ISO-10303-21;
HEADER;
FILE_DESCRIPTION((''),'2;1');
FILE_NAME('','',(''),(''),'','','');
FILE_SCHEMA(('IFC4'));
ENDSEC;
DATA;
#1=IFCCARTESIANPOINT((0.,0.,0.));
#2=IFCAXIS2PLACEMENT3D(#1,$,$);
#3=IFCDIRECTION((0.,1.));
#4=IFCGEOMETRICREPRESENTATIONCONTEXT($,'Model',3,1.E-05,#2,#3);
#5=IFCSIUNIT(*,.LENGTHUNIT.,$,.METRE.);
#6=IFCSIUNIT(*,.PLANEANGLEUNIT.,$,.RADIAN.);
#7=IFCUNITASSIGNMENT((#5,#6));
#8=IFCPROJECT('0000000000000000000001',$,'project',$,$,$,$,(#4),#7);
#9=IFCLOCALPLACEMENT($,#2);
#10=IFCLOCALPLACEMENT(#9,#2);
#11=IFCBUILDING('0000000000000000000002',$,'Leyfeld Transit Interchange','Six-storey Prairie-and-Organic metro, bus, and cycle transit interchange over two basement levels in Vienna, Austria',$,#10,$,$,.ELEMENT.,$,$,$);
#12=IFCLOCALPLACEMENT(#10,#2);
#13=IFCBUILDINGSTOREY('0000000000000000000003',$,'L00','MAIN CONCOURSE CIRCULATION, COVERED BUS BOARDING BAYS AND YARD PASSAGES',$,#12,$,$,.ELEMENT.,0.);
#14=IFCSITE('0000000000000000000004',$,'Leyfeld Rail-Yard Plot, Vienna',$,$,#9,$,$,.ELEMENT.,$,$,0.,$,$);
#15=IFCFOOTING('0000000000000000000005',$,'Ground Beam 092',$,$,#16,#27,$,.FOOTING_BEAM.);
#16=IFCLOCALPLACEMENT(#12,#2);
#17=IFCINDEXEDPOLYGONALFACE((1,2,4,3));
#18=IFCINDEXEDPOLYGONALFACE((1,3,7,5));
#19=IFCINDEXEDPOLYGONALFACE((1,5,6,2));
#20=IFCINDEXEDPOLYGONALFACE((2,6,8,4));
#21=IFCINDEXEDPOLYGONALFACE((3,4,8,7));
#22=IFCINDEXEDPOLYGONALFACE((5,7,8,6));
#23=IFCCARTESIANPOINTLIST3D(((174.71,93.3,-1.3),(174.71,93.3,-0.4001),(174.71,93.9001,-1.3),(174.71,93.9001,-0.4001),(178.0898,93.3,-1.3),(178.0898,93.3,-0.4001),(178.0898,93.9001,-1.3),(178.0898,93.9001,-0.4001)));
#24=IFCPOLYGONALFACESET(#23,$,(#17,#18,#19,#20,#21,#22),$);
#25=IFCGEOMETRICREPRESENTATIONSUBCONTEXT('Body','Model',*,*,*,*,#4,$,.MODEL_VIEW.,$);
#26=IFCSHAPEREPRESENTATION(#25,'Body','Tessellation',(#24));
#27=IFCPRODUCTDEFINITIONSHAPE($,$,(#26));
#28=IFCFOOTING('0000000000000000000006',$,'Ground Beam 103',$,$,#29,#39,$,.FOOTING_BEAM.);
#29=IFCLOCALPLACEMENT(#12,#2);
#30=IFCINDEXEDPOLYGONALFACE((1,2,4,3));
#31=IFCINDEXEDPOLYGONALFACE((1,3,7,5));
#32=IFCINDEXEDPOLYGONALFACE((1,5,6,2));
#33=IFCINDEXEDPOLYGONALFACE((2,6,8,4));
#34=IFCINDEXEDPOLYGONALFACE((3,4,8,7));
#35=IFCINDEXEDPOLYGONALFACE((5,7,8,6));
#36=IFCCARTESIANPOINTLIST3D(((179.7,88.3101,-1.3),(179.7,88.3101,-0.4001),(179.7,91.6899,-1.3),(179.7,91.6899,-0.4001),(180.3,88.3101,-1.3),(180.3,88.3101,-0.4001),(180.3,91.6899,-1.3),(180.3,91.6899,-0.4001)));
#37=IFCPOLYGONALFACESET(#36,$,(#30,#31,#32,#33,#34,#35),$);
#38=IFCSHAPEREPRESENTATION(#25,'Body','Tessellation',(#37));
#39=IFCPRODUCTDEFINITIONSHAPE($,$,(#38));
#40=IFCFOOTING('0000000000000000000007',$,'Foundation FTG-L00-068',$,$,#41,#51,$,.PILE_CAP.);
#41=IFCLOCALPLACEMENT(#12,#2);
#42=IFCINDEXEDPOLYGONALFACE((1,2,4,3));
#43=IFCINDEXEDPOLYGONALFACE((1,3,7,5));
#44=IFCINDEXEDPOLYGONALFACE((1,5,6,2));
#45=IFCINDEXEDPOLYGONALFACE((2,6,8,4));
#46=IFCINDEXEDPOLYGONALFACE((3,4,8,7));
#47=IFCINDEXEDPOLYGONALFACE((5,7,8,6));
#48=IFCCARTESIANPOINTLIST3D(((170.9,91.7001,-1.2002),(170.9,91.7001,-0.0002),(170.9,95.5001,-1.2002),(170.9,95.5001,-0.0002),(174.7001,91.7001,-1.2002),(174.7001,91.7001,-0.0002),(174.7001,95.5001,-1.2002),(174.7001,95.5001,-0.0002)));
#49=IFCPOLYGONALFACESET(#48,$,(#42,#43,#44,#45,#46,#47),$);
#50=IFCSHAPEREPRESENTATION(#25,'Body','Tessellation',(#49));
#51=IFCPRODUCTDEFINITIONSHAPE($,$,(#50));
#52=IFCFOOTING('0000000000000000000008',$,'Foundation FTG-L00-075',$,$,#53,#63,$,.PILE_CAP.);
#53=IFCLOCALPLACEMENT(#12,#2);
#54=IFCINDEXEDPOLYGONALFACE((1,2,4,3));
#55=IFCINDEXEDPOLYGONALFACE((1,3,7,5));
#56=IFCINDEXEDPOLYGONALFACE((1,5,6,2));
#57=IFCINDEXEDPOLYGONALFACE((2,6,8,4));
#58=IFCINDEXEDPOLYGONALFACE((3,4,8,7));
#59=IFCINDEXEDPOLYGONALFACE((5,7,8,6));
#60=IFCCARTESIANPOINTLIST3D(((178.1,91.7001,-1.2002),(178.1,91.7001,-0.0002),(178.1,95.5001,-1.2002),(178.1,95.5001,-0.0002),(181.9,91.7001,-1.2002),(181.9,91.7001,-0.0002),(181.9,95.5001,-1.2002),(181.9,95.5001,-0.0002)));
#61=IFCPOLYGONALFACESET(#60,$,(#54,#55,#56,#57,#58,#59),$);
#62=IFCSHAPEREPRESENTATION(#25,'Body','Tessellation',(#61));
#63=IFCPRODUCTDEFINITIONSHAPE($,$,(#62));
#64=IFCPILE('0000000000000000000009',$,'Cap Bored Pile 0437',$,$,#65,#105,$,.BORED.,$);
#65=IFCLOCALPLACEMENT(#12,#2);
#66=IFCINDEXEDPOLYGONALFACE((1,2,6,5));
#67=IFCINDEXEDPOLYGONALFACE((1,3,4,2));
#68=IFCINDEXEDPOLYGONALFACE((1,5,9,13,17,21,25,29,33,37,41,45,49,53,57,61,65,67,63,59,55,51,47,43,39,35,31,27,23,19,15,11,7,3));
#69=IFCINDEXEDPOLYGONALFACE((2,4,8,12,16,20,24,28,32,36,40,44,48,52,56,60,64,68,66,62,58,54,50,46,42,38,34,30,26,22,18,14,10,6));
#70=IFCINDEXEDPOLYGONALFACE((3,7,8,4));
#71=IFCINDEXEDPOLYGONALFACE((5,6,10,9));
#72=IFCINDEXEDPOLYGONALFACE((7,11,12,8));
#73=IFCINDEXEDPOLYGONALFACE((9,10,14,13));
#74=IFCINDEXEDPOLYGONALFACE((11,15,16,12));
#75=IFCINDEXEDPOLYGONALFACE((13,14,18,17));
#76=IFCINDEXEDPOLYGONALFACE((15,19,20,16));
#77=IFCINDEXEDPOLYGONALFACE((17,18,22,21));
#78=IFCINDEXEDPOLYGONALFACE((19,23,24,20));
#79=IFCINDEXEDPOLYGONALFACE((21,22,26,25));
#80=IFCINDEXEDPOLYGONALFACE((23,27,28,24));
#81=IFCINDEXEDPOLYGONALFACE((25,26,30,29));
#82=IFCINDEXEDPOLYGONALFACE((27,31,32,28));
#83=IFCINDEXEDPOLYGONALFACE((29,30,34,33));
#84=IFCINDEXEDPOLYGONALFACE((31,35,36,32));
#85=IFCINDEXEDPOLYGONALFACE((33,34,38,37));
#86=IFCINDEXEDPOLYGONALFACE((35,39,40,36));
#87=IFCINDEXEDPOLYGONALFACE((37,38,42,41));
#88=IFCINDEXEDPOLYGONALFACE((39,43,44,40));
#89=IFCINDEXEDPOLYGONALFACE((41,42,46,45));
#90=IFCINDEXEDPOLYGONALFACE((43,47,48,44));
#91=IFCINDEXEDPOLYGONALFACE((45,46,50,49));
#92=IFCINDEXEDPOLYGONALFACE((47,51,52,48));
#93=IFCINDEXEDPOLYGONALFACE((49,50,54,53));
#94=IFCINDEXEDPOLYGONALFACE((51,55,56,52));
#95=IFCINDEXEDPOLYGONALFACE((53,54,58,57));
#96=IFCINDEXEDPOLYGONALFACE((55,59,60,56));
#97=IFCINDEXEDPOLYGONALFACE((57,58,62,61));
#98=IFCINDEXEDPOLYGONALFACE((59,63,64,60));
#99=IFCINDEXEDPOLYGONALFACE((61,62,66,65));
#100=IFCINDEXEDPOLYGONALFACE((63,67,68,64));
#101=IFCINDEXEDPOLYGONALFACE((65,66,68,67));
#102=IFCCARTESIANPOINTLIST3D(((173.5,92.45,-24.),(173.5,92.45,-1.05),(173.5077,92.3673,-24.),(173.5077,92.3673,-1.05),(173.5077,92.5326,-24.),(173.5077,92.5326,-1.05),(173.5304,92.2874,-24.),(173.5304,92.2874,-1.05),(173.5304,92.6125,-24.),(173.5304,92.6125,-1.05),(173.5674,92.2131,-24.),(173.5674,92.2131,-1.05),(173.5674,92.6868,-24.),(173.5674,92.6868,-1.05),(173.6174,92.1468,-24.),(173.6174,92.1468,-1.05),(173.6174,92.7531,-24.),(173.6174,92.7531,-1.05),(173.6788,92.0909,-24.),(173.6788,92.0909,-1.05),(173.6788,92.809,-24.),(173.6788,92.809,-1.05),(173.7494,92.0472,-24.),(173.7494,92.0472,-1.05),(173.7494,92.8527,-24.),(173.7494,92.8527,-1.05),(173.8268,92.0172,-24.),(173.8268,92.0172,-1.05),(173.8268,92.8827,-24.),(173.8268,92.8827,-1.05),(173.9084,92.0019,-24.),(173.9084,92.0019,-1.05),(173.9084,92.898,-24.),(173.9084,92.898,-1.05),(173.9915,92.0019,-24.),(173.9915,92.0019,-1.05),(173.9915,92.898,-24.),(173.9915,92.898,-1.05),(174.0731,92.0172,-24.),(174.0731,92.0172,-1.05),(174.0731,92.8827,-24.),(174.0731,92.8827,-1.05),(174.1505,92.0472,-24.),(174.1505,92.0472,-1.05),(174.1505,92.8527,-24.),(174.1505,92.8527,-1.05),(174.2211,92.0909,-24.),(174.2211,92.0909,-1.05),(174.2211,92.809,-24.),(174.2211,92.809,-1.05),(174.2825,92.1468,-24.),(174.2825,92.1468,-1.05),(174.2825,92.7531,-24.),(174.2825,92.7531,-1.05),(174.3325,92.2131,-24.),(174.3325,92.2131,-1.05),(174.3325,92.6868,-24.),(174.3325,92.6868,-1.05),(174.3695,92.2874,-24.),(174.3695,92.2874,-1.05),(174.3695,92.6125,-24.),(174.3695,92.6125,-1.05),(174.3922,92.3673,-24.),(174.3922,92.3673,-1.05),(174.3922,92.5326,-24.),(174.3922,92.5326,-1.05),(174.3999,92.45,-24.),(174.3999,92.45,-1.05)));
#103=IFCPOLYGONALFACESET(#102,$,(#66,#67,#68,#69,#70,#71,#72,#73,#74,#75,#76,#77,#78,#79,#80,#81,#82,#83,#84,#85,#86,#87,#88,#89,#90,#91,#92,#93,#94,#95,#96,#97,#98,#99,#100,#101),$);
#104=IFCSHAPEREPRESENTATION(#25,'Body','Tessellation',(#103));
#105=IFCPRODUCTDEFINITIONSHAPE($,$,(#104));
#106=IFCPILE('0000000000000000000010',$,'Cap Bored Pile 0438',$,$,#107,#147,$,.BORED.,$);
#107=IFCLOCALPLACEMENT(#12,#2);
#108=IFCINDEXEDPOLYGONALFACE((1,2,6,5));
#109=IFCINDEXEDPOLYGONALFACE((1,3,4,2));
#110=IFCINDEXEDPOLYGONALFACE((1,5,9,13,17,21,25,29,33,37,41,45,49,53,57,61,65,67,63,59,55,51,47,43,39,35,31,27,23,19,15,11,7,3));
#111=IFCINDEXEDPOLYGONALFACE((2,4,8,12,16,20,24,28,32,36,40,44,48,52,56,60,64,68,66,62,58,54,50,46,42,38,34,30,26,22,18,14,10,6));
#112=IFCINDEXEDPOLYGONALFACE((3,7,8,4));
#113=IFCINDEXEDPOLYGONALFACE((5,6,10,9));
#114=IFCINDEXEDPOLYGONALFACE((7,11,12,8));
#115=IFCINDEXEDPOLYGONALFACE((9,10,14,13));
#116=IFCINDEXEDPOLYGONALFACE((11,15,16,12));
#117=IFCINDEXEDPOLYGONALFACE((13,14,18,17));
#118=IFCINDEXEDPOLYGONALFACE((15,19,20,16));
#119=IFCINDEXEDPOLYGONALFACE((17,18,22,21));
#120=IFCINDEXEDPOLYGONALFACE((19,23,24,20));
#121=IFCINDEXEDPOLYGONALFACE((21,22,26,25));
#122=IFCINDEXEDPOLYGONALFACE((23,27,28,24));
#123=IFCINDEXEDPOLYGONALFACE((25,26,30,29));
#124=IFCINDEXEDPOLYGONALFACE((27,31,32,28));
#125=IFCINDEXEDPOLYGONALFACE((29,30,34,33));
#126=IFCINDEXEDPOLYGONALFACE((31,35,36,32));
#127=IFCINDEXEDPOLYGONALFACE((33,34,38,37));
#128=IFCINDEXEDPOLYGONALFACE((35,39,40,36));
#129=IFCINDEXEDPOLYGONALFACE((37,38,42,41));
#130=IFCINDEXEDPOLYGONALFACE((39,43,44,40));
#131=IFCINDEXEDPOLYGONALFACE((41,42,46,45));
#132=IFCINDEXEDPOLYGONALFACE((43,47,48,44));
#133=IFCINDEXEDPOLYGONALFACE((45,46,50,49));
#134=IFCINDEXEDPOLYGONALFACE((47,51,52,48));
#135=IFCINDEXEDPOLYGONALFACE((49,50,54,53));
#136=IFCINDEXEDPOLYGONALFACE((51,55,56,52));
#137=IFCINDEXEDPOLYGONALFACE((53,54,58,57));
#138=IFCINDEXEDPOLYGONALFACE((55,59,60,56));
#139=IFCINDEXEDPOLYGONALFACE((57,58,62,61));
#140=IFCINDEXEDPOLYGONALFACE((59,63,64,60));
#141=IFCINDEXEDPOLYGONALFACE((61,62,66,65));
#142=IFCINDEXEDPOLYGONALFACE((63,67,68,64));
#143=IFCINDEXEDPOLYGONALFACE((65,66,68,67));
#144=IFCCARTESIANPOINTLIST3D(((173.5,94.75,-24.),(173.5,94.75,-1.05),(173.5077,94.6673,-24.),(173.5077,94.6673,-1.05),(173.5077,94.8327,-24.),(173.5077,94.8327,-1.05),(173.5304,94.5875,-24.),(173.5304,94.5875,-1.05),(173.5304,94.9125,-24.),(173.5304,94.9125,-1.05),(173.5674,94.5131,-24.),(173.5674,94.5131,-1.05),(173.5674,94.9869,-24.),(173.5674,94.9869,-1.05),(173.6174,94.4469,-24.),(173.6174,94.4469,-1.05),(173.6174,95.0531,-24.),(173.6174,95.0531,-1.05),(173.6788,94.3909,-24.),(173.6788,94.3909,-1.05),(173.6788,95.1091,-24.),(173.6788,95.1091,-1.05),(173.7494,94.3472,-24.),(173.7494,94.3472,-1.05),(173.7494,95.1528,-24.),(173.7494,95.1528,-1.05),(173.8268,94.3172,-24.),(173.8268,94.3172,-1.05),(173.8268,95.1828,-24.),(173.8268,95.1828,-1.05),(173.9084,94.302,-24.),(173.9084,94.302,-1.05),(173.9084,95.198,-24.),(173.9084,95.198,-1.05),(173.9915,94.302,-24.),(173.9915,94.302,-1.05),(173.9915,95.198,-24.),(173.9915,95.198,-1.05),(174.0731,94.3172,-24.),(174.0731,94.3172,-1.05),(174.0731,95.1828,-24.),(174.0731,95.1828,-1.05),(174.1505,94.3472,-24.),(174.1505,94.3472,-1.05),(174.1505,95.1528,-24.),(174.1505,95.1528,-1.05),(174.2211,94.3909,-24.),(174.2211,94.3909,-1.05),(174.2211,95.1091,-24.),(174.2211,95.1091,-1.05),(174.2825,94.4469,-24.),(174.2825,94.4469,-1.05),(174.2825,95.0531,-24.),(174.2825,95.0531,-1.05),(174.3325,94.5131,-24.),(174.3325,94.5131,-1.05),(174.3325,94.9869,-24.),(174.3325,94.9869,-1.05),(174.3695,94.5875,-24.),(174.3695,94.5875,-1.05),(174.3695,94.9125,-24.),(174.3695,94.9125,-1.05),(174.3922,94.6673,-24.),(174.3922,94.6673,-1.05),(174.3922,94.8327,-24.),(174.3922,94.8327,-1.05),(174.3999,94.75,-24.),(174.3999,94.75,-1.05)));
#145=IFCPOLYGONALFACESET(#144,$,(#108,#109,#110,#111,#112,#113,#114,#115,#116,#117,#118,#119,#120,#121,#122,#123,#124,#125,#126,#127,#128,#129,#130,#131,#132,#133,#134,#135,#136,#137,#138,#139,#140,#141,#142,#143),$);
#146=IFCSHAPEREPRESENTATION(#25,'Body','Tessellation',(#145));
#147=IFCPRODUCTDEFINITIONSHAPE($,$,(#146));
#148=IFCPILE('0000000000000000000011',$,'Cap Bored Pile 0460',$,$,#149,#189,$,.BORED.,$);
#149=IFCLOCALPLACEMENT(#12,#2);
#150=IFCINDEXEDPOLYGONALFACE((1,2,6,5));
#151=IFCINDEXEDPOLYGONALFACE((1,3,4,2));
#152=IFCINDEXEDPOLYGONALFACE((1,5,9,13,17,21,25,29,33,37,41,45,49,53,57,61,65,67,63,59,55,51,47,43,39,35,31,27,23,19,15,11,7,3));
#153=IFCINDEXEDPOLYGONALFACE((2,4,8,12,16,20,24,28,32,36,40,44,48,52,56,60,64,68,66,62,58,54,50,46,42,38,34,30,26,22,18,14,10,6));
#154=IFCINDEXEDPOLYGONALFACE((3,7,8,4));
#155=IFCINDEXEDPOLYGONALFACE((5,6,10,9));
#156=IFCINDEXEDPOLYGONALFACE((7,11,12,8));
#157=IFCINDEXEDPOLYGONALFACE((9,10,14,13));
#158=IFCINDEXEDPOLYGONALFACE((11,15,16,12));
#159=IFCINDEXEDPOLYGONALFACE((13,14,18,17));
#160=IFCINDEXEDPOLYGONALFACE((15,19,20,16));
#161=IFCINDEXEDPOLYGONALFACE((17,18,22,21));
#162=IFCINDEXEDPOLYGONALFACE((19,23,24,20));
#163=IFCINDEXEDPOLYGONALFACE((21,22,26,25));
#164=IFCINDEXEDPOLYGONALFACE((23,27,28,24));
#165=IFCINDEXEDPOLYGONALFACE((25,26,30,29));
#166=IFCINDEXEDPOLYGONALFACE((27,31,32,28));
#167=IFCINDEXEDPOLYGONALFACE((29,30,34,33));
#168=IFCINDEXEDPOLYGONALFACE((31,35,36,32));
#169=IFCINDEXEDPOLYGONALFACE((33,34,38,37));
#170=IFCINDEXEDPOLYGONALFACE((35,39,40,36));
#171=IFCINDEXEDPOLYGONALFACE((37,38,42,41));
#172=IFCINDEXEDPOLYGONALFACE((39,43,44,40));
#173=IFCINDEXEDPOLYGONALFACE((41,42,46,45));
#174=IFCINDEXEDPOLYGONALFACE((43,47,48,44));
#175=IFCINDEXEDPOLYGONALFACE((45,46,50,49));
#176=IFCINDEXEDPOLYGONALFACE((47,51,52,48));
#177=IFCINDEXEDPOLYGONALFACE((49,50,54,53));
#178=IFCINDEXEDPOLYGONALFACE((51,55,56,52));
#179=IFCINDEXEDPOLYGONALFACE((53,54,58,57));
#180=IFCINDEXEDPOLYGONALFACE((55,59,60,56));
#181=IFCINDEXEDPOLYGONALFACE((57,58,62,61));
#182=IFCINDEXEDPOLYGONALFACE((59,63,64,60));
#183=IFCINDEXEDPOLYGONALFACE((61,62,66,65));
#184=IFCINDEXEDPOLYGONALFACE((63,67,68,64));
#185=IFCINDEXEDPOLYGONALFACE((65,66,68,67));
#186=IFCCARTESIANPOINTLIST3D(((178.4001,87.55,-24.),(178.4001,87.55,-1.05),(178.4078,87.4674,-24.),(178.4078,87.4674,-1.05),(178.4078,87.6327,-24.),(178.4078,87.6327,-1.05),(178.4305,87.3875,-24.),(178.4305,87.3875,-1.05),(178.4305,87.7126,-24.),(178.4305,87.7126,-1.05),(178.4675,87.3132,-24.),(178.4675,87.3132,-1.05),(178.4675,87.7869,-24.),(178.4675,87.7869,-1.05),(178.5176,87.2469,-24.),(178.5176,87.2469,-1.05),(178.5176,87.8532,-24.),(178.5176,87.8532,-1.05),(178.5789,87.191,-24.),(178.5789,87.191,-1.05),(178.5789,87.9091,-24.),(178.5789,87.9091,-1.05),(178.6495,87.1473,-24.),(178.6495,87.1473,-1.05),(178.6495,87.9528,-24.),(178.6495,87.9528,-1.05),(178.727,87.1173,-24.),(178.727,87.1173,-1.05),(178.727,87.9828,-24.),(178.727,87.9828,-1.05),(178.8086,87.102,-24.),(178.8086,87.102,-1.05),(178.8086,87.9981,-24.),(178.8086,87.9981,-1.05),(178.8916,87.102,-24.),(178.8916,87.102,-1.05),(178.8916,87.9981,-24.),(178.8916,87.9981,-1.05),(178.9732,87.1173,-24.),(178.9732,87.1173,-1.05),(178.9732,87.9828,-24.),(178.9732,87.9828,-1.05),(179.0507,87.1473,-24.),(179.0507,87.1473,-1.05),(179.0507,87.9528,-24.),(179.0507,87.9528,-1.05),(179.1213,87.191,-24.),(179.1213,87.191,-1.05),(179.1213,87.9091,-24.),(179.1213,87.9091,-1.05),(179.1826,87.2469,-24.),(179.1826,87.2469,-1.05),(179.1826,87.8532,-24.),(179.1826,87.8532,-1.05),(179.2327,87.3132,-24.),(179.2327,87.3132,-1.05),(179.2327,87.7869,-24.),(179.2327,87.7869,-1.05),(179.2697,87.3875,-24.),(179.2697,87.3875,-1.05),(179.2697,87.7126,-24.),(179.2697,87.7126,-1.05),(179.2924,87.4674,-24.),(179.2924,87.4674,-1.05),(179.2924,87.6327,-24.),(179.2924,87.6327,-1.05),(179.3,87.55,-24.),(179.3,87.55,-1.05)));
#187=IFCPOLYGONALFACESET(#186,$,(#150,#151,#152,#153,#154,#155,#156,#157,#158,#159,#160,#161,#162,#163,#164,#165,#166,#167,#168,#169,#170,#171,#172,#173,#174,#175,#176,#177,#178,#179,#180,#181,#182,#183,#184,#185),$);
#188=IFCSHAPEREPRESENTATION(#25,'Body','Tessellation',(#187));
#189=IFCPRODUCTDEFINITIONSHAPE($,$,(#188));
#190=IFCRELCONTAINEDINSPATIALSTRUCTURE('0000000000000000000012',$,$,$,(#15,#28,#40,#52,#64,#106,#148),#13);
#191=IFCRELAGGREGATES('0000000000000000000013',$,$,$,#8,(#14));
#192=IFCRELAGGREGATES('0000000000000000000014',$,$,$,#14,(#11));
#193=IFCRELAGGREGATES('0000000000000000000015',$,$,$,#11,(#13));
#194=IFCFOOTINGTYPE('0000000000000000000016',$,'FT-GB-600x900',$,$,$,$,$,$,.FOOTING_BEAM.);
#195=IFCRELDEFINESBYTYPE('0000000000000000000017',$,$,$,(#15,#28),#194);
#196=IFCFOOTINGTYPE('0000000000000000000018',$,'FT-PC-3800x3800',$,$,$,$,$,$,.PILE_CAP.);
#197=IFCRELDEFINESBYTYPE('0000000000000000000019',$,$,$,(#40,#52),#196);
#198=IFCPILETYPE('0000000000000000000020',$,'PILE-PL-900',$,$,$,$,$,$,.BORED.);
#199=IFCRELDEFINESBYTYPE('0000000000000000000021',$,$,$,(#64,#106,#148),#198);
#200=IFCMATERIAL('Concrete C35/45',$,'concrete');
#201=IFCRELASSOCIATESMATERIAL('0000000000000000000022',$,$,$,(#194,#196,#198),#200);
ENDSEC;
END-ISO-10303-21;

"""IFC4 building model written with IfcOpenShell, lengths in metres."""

from ifc_helpers import new_model, si_unit, direction, frame, origin, origin_2d, place, context, subcontext, project, spatial, rectangle, circle, extrude, material, material_profile, profile_set, type_object, element, save


model = new_model("IFC4")

# Units and contexts
model_context = context("Model", 3, precision=1e-05, world=origin(), true_north=direction((0.0, 1.0)))
body_context = subcontext(model_context, "Body", "Model", "MODEL_VIEW")
ifc_project = project(units=[si_unit("LENGTHUNIT", "METRE"), si_unit("PLANEANGLEUNIT", "RADIAN")], contexts=[model_context])

# Site, building, storey
site_placement = place(None, origin())
site = spatial("IfcSite", under=ifc_project, at=site_placement, Name="Leyfeld Rail-Yard Plot, Vienna", CompositionType="ELEMENT", RefElevation=0.0)
building_placement = place(site_placement, origin())
building = spatial("IfcBuilding", under=site, at=building_placement, Name="Leyfeld Transit Interchange", Description="Six-storey Prairie-and-Organic metro, bus, and cycle transit interchange over two basement levels in Vienna, Austria", CompositionType="ELEMENT")
storey_placement = place(building_placement, origin())
storey = spatial("IfcBuildingStorey", under=building, at=storey_placement, Name="L00", Description="MAIN CONCOURSE CIRCULATION, COVERED BUS BOARDING BAYS AND YARD PASSAGES", CompositionType="ELEMENT", Elevation=0.0)

# Footings
ifc_material_1 = material(Name="Concrete C35/45", Category="concrete")
footing_type_1 = type_object("IfcFootingType", Name="FT-GB-600x900", PredefinedType="FOOTING_BEAM", material=ifc_material_1)
footing_1_placement = place(storey_placement, frame((176.3999, 93.6001, -1.3), z_axis=(0.0, 0.0, 1.0), x_axis=(1.0, 0.0, 0.0)))
element("IfcFooting", 1, at=footing_1_placement, inside=storey, type_object=footing_type_1, Name="Ground Beam 092", PredefinedType="FOOTING_BEAM", context=body_context, shape_type="SweptSolid", body=[
    extrude(rectangle(XDim=3.3799, YDim=0.6001, at=origin_2d()), origin(), (0.0, 0.0, 1.0), 0.8999),
])
footing_2_placement = place(storey_placement, frame((180.0, 90.0, -1.3), z_axis=(0.0, 0.0, 1.0), x_axis=(1.0, 0.0, 0.0)))
element("IfcFooting", 2, at=footing_2_placement, inside=storey, type_object=footing_type_1, Name="Ground Beam 103", PredefinedType="FOOTING_BEAM", context=body_context, shape_type="SweptSolid", body=[
    extrude(rectangle(XDim=0.6001, YDim=3.3799, at=origin_2d()), origin(), (0.0, 0.0, 1.0), 0.8999),
])
footing_type_2 = type_object("IfcFootingType", Name="FT-PC-3800x3800", PredefinedType="PILE_CAP", material=ifc_material_1)
for number, where, z_axis, x_axis, name in (
    (3, (172.8, 93.6001, -1.2002), (0.0, 0.0, 1.0), (1.0, 0.0, 0.0), "Foundation FTG-L00-068"),
    (4, (180.0, 93.6001, -1.2002), (0.0, 0.0, 1.0), (1.0, 0.0, 0.0), "Foundation FTG-L00-075"),
):
    element("IfcFooting", number, at=place(storey_placement, frame(where, z_axis=z_axis, x_axis=x_axis)), inside=storey, type_object=footing_type_2, Name=name, PredefinedType="PILE_CAP", context=body_context, shape_type="SweptSolid", body=[
        extrude(rectangle(XDim=3.8, YDim=3.8, at=origin_2d()), origin(), (0.0, 0.0, 1.0), 1.2),
    ])

# Piles
ifc_material_profile_1 = material_profile(ifc_material_1, circle(Radius=0.45, at=origin_2d()), Name="PILE D900")
ifc_profile_set_1 = profile_set([ifc_material_profile_1], Name="Concrete C35/45")
pile_type = type_object("IfcPileType", Name="PILE-PL-900", PredefinedType="BORED", material=ifc_profile_set_1)
for number, where, z_axis, x_axis, name in (
    (5, (173.95, 92.45, -1.05), (0.0, 0.0, -1.0), (1.0, 0.0, 0.0), "Cap Bored Pile 0437"),
    (6, (173.95, 94.75, -1.05), (0.0, 0.0, -1.0), (1.0, 0.0, 0.0), "Cap Bored Pile 0438"),
    (7, (178.8501, 87.55, -1.05), (0.0, 0.0, -1.0), (1.0, 0.0, 0.0), "Cap Bored Pile 0460"),
):
    element("IfcPile", number, at=place(storey_placement, frame(where, z_axis=z_axis, x_axis=x_axis)), inside=storey, type_object=pile_type, Name=name, PredefinedType="BORED", context=body_context, shape_type="SweptSolid", body=[
        extrude(circle(Radius=0.45, at=origin_2d()), origin(), (0.0, 0.0, 1.0), 22.95),
    ])

save(model, "model.ifc")
